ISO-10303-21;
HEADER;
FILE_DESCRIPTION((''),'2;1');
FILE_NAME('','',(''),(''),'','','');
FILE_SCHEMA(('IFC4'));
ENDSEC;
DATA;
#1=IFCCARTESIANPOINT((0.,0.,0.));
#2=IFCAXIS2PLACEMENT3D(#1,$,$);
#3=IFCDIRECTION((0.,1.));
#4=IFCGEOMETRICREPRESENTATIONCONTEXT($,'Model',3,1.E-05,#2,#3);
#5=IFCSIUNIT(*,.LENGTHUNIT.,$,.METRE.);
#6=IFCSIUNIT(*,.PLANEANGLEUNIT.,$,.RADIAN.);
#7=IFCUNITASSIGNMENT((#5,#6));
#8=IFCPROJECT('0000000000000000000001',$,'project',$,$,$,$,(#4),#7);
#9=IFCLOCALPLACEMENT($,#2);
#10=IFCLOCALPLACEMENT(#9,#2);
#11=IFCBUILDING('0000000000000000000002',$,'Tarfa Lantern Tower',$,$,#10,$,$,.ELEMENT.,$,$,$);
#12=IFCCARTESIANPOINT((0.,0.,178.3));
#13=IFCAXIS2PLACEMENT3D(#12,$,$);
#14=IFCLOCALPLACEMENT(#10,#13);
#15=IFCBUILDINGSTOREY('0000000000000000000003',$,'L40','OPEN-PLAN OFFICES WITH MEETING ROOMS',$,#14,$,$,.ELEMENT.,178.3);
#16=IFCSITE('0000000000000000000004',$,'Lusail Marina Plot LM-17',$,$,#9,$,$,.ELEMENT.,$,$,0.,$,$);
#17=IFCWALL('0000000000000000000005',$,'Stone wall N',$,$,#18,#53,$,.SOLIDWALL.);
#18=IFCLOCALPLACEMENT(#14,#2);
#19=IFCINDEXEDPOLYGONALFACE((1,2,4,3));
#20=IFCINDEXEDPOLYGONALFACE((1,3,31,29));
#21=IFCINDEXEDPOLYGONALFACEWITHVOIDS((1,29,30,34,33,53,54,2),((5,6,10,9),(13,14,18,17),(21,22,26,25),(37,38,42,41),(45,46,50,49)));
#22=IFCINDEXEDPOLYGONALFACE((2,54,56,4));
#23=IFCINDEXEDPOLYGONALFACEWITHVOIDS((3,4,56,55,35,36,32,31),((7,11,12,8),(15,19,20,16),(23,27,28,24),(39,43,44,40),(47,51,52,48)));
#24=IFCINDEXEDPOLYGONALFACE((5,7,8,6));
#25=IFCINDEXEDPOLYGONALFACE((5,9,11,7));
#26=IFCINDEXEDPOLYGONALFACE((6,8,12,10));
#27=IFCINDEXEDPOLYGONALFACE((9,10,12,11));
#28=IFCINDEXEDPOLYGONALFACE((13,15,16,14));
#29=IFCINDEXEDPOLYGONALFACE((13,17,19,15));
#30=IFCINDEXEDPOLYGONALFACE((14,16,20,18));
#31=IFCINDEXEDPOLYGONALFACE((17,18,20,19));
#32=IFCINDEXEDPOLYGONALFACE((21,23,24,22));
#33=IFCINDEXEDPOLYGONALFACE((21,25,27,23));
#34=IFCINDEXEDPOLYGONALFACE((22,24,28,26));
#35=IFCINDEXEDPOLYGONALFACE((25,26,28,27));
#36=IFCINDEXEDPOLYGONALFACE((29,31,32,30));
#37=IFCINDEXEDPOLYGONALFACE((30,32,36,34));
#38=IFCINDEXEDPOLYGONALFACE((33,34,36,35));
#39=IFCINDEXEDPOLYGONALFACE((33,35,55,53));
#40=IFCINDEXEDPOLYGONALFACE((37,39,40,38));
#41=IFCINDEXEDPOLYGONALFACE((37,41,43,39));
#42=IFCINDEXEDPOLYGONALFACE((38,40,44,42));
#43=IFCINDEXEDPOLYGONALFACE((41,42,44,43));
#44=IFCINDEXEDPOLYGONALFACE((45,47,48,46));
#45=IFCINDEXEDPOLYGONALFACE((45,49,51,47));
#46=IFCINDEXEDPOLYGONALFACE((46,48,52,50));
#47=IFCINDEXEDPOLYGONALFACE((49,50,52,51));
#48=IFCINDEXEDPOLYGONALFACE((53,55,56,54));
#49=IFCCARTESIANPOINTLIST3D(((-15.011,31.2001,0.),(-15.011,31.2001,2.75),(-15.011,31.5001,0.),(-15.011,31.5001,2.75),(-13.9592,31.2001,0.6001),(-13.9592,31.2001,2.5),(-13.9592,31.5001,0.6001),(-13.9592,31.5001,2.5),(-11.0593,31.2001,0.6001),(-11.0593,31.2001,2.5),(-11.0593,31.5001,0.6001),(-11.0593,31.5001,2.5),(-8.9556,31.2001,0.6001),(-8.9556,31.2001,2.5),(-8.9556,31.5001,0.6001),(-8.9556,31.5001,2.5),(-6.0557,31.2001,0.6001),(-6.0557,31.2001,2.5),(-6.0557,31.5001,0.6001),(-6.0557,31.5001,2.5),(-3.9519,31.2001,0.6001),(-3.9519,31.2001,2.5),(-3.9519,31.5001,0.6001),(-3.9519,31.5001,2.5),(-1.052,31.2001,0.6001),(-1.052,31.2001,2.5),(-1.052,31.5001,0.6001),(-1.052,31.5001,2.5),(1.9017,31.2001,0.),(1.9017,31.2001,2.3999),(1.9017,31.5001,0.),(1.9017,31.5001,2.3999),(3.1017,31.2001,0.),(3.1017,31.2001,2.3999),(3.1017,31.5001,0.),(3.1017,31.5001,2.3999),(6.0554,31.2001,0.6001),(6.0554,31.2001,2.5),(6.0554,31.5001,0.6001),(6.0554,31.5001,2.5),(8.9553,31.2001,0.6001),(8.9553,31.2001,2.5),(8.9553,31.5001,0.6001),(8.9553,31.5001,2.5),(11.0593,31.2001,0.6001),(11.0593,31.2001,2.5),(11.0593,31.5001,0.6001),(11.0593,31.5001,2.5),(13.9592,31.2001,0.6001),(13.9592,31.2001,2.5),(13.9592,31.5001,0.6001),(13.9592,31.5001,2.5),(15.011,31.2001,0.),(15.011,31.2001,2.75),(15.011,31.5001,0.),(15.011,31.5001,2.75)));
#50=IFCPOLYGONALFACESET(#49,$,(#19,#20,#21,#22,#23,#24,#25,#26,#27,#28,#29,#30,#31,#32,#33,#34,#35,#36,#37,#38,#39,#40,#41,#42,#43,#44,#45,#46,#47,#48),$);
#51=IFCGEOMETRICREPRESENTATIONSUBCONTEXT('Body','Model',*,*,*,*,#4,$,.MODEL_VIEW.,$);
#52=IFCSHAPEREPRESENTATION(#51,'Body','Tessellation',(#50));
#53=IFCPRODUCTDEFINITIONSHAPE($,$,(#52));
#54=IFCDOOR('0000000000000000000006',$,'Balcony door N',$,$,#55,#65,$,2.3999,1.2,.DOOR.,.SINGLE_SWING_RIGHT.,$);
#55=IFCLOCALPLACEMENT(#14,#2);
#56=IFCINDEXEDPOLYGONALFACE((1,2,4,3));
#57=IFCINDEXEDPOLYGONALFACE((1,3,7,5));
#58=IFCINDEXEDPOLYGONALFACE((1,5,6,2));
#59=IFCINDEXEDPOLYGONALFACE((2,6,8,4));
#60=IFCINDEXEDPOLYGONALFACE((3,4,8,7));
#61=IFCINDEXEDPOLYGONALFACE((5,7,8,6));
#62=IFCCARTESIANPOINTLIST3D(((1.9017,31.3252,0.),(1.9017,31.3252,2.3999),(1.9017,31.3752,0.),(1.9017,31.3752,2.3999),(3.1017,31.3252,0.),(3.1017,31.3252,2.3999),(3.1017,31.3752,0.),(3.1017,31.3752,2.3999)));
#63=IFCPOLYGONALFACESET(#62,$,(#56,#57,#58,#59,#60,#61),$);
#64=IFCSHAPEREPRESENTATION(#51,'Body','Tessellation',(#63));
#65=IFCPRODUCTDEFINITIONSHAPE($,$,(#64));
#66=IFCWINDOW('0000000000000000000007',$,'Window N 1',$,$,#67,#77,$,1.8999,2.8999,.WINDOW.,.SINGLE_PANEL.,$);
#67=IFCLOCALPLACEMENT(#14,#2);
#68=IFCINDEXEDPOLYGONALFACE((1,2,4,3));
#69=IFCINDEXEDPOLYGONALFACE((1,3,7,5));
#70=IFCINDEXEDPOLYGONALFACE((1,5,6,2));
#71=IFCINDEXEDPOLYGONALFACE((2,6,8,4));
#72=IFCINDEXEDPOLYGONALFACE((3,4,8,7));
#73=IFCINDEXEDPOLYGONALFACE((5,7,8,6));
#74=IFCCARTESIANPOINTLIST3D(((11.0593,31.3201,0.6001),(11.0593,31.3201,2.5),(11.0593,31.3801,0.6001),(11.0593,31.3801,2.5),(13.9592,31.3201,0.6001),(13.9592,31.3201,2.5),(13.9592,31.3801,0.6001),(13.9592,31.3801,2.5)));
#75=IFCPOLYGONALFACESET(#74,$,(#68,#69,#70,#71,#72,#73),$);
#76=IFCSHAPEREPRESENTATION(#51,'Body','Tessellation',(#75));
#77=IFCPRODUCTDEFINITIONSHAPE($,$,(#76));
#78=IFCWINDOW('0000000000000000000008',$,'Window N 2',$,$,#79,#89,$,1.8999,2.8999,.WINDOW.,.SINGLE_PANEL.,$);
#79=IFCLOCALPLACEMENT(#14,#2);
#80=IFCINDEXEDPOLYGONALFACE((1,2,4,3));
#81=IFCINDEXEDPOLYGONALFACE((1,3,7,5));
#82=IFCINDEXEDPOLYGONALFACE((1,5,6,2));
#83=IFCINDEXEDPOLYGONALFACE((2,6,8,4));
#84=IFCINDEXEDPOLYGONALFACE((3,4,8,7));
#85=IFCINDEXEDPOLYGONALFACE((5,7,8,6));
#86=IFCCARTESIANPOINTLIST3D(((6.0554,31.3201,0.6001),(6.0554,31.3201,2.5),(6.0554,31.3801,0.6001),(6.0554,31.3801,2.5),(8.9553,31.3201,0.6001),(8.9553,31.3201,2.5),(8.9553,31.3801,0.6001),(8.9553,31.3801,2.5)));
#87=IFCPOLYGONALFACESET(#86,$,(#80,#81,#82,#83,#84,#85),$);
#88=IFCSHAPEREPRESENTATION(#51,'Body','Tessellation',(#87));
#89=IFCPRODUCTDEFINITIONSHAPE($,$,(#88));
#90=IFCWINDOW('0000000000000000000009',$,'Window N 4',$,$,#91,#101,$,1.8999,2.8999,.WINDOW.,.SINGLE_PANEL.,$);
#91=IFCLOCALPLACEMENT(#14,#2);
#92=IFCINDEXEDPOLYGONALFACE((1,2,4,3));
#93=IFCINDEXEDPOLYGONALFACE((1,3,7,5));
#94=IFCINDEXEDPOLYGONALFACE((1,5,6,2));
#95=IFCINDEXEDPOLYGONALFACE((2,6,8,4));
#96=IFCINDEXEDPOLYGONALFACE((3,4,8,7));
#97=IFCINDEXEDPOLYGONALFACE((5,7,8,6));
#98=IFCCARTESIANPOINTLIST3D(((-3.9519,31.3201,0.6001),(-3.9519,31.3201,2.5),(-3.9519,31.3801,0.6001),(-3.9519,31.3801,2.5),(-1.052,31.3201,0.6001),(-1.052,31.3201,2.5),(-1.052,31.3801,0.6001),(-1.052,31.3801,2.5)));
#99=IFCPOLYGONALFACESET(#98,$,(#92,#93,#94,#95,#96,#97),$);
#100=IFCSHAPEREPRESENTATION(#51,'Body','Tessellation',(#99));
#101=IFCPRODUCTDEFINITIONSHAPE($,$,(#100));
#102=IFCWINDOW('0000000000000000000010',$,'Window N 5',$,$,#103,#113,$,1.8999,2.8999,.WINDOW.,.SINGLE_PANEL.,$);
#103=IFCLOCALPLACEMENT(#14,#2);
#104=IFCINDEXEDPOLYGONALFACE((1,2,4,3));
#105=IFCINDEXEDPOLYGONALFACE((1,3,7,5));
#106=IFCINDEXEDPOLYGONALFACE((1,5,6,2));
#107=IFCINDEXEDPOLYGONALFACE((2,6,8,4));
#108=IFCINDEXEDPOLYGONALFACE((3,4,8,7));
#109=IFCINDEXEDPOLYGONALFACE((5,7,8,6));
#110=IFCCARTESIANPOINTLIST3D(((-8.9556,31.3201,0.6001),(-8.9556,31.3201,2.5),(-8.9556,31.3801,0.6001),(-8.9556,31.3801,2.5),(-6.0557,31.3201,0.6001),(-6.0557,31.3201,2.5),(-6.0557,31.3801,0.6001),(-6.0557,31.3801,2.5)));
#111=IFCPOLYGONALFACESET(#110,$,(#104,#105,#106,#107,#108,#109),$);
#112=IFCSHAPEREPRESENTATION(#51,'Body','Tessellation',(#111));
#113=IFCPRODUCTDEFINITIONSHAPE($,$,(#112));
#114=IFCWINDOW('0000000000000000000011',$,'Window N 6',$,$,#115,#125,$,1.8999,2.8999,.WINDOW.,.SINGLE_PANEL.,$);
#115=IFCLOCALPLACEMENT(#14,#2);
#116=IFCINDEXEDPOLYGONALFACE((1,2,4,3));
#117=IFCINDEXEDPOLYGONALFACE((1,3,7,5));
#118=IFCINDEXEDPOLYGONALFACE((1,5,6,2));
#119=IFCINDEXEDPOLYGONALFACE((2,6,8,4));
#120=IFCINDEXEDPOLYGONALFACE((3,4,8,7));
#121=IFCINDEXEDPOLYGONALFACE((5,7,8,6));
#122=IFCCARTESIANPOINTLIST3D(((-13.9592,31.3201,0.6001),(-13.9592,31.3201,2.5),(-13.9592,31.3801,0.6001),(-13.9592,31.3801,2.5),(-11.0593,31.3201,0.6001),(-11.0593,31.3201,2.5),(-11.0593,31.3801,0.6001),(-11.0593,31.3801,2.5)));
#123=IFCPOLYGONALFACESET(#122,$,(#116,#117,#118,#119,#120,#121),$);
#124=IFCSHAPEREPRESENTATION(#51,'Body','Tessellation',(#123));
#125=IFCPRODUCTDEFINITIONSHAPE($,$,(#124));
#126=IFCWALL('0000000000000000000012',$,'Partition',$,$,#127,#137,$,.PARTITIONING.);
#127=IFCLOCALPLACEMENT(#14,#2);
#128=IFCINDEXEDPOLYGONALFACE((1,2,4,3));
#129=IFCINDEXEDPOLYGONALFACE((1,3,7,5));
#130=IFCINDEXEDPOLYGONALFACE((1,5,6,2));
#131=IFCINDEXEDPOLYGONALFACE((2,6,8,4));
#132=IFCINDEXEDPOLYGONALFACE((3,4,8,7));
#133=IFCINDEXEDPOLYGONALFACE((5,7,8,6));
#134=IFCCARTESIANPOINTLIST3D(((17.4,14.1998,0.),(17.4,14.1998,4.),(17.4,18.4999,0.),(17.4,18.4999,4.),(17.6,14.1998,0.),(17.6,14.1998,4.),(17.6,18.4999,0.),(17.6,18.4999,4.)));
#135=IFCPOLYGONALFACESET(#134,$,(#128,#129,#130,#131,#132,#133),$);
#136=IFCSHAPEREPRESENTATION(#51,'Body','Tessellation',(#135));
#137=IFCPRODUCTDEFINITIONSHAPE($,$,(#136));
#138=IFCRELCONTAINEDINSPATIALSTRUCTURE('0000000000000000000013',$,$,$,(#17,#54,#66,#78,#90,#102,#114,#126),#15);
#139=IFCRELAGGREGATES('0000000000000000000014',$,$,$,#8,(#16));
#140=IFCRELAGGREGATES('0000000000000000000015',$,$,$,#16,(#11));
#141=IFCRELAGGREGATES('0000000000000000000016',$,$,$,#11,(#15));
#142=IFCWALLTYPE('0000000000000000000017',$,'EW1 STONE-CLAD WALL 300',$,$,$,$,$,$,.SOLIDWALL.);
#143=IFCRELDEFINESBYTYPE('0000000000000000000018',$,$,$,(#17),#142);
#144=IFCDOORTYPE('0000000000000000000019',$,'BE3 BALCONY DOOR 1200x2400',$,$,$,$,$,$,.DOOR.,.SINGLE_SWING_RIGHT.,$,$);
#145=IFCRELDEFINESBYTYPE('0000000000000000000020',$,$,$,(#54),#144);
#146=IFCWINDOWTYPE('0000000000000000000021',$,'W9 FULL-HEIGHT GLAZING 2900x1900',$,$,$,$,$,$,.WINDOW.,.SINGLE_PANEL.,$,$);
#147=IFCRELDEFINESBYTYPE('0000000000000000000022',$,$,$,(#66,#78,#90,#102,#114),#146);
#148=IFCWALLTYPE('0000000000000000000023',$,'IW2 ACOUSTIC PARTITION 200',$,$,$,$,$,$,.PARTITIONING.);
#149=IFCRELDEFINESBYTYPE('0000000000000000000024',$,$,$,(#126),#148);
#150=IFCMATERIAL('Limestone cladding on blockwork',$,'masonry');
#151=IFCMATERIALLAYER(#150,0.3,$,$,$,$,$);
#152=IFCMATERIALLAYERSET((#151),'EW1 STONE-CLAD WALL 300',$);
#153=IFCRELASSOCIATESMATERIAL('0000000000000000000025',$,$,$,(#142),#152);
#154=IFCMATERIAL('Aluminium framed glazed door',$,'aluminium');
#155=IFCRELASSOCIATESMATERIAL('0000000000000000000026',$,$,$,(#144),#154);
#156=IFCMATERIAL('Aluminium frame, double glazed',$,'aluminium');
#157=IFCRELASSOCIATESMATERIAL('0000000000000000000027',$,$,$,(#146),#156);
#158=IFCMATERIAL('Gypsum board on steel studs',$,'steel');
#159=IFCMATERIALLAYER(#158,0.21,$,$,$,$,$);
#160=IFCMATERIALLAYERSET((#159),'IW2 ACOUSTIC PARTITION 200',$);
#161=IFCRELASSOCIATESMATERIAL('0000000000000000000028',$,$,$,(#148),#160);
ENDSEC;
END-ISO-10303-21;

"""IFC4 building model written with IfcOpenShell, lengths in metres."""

from ifc_helpers import new_model, si_unit, direction, frame, frame_2d, origin, place, context, subcontext, project, spatial, rectangle, extrude, material, layer, layer_set, type_object, element, fill, save


model = new_model("IFC4")

# Units and contexts
model_context = context("Model", 3, precision=1e-05, world=origin(), true_north=direction((0.0, 1.0)))
body_context = subcontext(model_context, "Body", "Model", "MODEL_VIEW")
ifc_project = project(units=[si_unit("LENGTHUNIT", "METRE"), si_unit("PLANEANGLEUNIT", "RADIAN")], contexts=[model_context])

# Site, building, storey
site_placement = place(None, origin())
site = spatial("IfcSite", under=ifc_project, at=site_placement, Name="Lusail Marina Plot LM-17", CompositionType="ELEMENT", RefElevation=0.0)
building_placement = place(site_placement, origin())
building = spatial("IfcBuilding", under=site, at=building_placement, Name="Tarfa Lantern Tower", CompositionType="ELEMENT")
storey_placement = place(building_placement, frame((0.0, 0.0, 178.3)))
storey = spatial("IfcBuildingStorey", under=building, at=storey_placement, Name="L40", Description="OPEN-PLAN OFFICES WITH MEETING ROOMS", CompositionType="ELEMENT", Elevation=178.3)

# Wall, openings, door, windows
ifc_material_1 = material(Name="Limestone cladding on blockwork", Category="masonry")
ifc_layer_1 = layer(ifc_material_1, 0.3)
ifc_layer_set_1 = layer_set([ifc_layer_1], Name="EW1 STONE-CLAD WALL 300")
wall_type_1 = type_object("IfcWallType", Name="EW1 STONE-CLAD WALL 300", PredefinedType="SOLIDWALL", material=ifc_layer_set_1)
wall_1_placement = place(storey_placement, frame((15.011, 31.3501, 0.0), z_axis=(0.0, 0.0, 1.0), x_axis=(-1.0, 0.0, 0.0)))
wall_1 = element("IfcWall", 1, at=wall_1_placement, inside=storey, type_object=wall_type_1, Name="Stone wall N", PredefinedType="SOLIDWALL", context=body_context, shape_type="SweptSolid", body=[
    extrude(rectangle(XDim=30.022, YDim=0.3, at=frame_2d((15.011, 0.0))), origin(), (0.0, 0.0, 1.0), 2.75),
])
opening_1_placement = place(wall_1_placement, frame((1.0518, 0.0, 0.6001)))
opening_1 = element("IfcOpeningElement", 2, at=opening_1_placement, cuts=wall_1, PredefinedType="OPENING", context=body_context, shape_type="SweptSolid", body=[
    extrude(rectangle(XDim=2.8999, YDim=1.8999, at=frame_2d((1.45, 0.95))), frame((0.0, 0.1599, 0.0), z_axis=(0.0, -1.0, 0.0), x_axis=(1.0, 0.0, 0.0)), (0.0, 0.0, 1.0), 0.3201),
])
opening_2_placement = place(wall_1_placement, frame((6.0557, 0.0, 0.6001)))
opening_2 = element("IfcOpeningElement", 3, at=opening_2_placement, cuts=wall_1, PredefinedType="OPENING", context=body_context, shape_type="SweptSolid", body=[
    extrude(rectangle(XDim=2.8999, YDim=1.8999, at=frame_2d((1.45, 0.95))), frame((0.0, 0.1599, 0.0), z_axis=(0.0, -1.0, 0.0), x_axis=(1.0, 0.0, 0.0)), (0.0, 0.0, 1.0), 0.3201),
])
opening_3_placement = place(wall_1_placement, frame((11.9092, 0.0, 0.0)))
opening_3 = element("IfcOpeningElement", 4, at=opening_3_placement, cuts=wall_1, PredefinedType="OPENING", context=body_context, shape_type="SweptSolid", body=[
    extrude(rectangle(XDim=1.2, YDim=2.3999, at=frame_2d((0.6001, 1.2))), frame((0.0, 0.1599, 0.0), z_axis=(0.0, -1.0, 0.0), x_axis=(1.0, 0.0, 0.0)), (0.0, 0.0, 1.0), 0.3201),
])
opening_4_placement = place(wall_1_placement, frame((16.063, 0.0, 0.6001)))
opening_4 = element("IfcOpeningElement", 5, at=opening_4_placement, cuts=wall_1, PredefinedType="OPENING", context=body_context, shape_type="SweptSolid", body=[
    extrude(rectangle(XDim=2.8999, YDim=1.8999, at=frame_2d((1.45, 0.95))), frame((0.0, 0.1599, 0.0), z_axis=(0.0, -1.0, 0.0), x_axis=(1.0, 0.0, 0.0)), (0.0, 0.0, 1.0), 0.3201),
])
opening_5_placement = place(wall_1_placement, frame((21.0667, 0.0, 0.6001)))
opening_5 = element("IfcOpeningElement", 6, at=opening_5_placement, cuts=wall_1, PredefinedType="OPENING", context=body_context, shape_type="SweptSolid", body=[
    extrude(rectangle(XDim=2.8999, YDim=1.8999, at=frame_2d((1.45, 0.95))), frame((0.0, 0.1599, 0.0), z_axis=(0.0, -1.0, 0.0), x_axis=(1.0, 0.0, 0.0)), (0.0, 0.0, 1.0), 0.3201),
])
opening_6_placement = place(wall_1_placement, frame((26.0703, 0.0, 0.6001)))
opening_6 = element("IfcOpeningElement", 7, at=opening_6_placement, cuts=wall_1, PredefinedType="OPENING", context=body_context, shape_type="SweptSolid", body=[
    extrude(rectangle(XDim=2.8999, YDim=1.8999, at=frame_2d((1.45, 0.95))), frame((0.0, 0.1599, 0.0), z_axis=(0.0, -1.0, 0.0), x_axis=(1.0, 0.0, 0.0)), (0.0, 0.0, 1.0), 0.3201),
])
ifc_material_2 = material(Name="Aluminium framed glazed door", Category="aluminium")
door_type = type_object("IfcDoorType", Name="BE3 BALCONY DOOR 1200x2400", OperationType="SINGLE_SWING_RIGHT", PredefinedType="DOOR", material=ifc_material_2)
door_placement = place(opening_3_placement, origin())
door = element("IfcDoor", 8, at=door_placement, inside=storey, type_object=door_type, Name="Balcony door N", OperationType="SINGLE_SWING_RIGHT", OverallHeight=2.3999, OverallWidth=1.2, PredefinedType="DOOR", context=body_context, shape_type="SweptSolid", body=[
    extrude(rectangle(XDim=1.2, YDim=2.3999, at=frame_2d((0.6001, 1.2))), frame((0.0, 0.0249, 0.0), z_axis=(0.0, -1.0, 0.0), x_axis=(1.0, 0.0, 0.0)), (0.0, 0.0, 1.0), 0.05),
])
fill(opening_3, door)
ifc_material_3 = material(Name="Aluminium frame, double glazed", Category="aluminium")
window_type = type_object("IfcWindowType", Name="W9 FULL-HEIGHT GLAZING 2900x1900", PartitioningType="SINGLE_PANEL", PredefinedType="WINDOW", material=ifc_material_3)
window_1_placement = place(opening_1_placement, origin())
window_1 = element("IfcWindow", 9, at=window_1_placement, inside=storey, type_object=window_type, Name="Window N 1", OverallHeight=1.8999, OverallWidth=2.8999, PartitioningType="SINGLE_PANEL", PredefinedType="WINDOW", context=body_context, shape_type="SweptSolid", body=[
    extrude(rectangle(XDim=2.8999, YDim=1.8999, at=frame_2d((1.45, 0.95))), frame((0.0, 0.03, 0.0), z_axis=(0.0, -1.0, 0.0), x_axis=(1.0, 0.0, 0.0)), (0.0, 0.0, 1.0), 0.0601),
])
fill(opening_1, window_1)
window_2_placement = place(opening_2_placement, origin())
window_2 = element("IfcWindow", 10, at=window_2_placement, inside=storey, type_object=window_type, Name="Window N 2", OverallHeight=1.8999, OverallWidth=2.8999, PartitioningType="SINGLE_PANEL", PredefinedType="WINDOW", context=body_context, shape_type="SweptSolid", body=[
    extrude(rectangle(XDim=2.8999, YDim=1.8999, at=frame_2d((1.45, 0.95))), frame((0.0, 0.03, 0.0), z_axis=(0.0, -1.0, 0.0), x_axis=(1.0, 0.0, 0.0)), (0.0, 0.0, 1.0), 0.0601),
])
fill(opening_2, window_2)
window_3_placement = place(opening_4_placement, origin())
window_3 = element("IfcWindow", 11, at=window_3_placement, inside=storey, type_object=window_type, Name="Window N 4", OverallHeight=1.8999, OverallWidth=2.8999, PartitioningType="SINGLE_PANEL", PredefinedType="WINDOW", context=body_context, shape_type="SweptSolid", body=[
    extrude(rectangle(XDim=2.8999, YDim=1.8999, at=frame_2d((1.45, 0.95))), frame((0.0, 0.03, 0.0), z_axis=(0.0, -1.0, 0.0), x_axis=(1.0, 0.0, 0.0)), (0.0, 0.0, 1.0), 0.0601),
])
fill(opening_4, window_3)
window_4_placement = place(opening_5_placement, origin())
window_4 = element("IfcWindow", 12, at=window_4_placement, inside=storey, type_object=window_type, Name="Window N 5", OverallHeight=1.8999, OverallWidth=2.8999, PartitioningType="SINGLE_PANEL", PredefinedType="WINDOW", context=body_context, shape_type="SweptSolid", body=[
    extrude(rectangle(XDim=2.8999, YDim=1.8999, at=frame_2d((1.45, 0.95))), frame((0.0, 0.03, 0.0), z_axis=(0.0, -1.0, 0.0), x_axis=(1.0, 0.0, 0.0)), (0.0, 0.0, 1.0), 0.0601),
])
fill(opening_5, window_4)
window_5_placement = place(opening_6_placement, origin())
window_5 = element("IfcWindow", 13, at=window_5_placement, inside=storey, type_object=window_type, Name="Window N 6", OverallHeight=1.8999, OverallWidth=2.8999, PartitioningType="SINGLE_PANEL", PredefinedType="WINDOW", context=body_context, shape_type="SweptSolid", body=[
    extrude(rectangle(XDim=2.8999, YDim=1.8999, at=frame_2d((1.45, 0.95))), frame((0.0, 0.03, 0.0), z_axis=(0.0, -1.0, 0.0), x_axis=(1.0, 0.0, 0.0)), (0.0, 0.0, 1.0), 0.0601),
])
fill(opening_6, window_5)

# Wall
ifc_material_4 = material(Name="Gypsum board on steel studs", Category="steel")
ifc_layer_2 = layer(ifc_material_4, 0.21)
ifc_layer_set_2 = layer_set([ifc_layer_2], Name="IW2 ACOUSTIC PARTITION 200")
wall_type_2 = type_object("IfcWallType", Name="IW2 ACOUSTIC PARTITION 200", PredefinedType="PARTITIONING", material=ifc_layer_set_2)
wall_2_placement = place(storey_placement, frame((17.5, 14.2, 0.0), z_axis=(0.0, 0.0, 1.0), x_axis=(0.0, 1.0, 0.0)))
element("IfcWall", 14, at=wall_2_placement, inside=storey, type_object=wall_type_2, Name="Partition", PredefinedType="PARTITIONING", context=body_context, shape_type="SweptSolid", body=[
    extrude(rectangle(XDim=4.3, YDim=0.2, at=frame_2d((2.1499, 0.0))), origin(), (0.0, 0.0, 1.0), 4.0),
])

save(model, "model.ifc")
